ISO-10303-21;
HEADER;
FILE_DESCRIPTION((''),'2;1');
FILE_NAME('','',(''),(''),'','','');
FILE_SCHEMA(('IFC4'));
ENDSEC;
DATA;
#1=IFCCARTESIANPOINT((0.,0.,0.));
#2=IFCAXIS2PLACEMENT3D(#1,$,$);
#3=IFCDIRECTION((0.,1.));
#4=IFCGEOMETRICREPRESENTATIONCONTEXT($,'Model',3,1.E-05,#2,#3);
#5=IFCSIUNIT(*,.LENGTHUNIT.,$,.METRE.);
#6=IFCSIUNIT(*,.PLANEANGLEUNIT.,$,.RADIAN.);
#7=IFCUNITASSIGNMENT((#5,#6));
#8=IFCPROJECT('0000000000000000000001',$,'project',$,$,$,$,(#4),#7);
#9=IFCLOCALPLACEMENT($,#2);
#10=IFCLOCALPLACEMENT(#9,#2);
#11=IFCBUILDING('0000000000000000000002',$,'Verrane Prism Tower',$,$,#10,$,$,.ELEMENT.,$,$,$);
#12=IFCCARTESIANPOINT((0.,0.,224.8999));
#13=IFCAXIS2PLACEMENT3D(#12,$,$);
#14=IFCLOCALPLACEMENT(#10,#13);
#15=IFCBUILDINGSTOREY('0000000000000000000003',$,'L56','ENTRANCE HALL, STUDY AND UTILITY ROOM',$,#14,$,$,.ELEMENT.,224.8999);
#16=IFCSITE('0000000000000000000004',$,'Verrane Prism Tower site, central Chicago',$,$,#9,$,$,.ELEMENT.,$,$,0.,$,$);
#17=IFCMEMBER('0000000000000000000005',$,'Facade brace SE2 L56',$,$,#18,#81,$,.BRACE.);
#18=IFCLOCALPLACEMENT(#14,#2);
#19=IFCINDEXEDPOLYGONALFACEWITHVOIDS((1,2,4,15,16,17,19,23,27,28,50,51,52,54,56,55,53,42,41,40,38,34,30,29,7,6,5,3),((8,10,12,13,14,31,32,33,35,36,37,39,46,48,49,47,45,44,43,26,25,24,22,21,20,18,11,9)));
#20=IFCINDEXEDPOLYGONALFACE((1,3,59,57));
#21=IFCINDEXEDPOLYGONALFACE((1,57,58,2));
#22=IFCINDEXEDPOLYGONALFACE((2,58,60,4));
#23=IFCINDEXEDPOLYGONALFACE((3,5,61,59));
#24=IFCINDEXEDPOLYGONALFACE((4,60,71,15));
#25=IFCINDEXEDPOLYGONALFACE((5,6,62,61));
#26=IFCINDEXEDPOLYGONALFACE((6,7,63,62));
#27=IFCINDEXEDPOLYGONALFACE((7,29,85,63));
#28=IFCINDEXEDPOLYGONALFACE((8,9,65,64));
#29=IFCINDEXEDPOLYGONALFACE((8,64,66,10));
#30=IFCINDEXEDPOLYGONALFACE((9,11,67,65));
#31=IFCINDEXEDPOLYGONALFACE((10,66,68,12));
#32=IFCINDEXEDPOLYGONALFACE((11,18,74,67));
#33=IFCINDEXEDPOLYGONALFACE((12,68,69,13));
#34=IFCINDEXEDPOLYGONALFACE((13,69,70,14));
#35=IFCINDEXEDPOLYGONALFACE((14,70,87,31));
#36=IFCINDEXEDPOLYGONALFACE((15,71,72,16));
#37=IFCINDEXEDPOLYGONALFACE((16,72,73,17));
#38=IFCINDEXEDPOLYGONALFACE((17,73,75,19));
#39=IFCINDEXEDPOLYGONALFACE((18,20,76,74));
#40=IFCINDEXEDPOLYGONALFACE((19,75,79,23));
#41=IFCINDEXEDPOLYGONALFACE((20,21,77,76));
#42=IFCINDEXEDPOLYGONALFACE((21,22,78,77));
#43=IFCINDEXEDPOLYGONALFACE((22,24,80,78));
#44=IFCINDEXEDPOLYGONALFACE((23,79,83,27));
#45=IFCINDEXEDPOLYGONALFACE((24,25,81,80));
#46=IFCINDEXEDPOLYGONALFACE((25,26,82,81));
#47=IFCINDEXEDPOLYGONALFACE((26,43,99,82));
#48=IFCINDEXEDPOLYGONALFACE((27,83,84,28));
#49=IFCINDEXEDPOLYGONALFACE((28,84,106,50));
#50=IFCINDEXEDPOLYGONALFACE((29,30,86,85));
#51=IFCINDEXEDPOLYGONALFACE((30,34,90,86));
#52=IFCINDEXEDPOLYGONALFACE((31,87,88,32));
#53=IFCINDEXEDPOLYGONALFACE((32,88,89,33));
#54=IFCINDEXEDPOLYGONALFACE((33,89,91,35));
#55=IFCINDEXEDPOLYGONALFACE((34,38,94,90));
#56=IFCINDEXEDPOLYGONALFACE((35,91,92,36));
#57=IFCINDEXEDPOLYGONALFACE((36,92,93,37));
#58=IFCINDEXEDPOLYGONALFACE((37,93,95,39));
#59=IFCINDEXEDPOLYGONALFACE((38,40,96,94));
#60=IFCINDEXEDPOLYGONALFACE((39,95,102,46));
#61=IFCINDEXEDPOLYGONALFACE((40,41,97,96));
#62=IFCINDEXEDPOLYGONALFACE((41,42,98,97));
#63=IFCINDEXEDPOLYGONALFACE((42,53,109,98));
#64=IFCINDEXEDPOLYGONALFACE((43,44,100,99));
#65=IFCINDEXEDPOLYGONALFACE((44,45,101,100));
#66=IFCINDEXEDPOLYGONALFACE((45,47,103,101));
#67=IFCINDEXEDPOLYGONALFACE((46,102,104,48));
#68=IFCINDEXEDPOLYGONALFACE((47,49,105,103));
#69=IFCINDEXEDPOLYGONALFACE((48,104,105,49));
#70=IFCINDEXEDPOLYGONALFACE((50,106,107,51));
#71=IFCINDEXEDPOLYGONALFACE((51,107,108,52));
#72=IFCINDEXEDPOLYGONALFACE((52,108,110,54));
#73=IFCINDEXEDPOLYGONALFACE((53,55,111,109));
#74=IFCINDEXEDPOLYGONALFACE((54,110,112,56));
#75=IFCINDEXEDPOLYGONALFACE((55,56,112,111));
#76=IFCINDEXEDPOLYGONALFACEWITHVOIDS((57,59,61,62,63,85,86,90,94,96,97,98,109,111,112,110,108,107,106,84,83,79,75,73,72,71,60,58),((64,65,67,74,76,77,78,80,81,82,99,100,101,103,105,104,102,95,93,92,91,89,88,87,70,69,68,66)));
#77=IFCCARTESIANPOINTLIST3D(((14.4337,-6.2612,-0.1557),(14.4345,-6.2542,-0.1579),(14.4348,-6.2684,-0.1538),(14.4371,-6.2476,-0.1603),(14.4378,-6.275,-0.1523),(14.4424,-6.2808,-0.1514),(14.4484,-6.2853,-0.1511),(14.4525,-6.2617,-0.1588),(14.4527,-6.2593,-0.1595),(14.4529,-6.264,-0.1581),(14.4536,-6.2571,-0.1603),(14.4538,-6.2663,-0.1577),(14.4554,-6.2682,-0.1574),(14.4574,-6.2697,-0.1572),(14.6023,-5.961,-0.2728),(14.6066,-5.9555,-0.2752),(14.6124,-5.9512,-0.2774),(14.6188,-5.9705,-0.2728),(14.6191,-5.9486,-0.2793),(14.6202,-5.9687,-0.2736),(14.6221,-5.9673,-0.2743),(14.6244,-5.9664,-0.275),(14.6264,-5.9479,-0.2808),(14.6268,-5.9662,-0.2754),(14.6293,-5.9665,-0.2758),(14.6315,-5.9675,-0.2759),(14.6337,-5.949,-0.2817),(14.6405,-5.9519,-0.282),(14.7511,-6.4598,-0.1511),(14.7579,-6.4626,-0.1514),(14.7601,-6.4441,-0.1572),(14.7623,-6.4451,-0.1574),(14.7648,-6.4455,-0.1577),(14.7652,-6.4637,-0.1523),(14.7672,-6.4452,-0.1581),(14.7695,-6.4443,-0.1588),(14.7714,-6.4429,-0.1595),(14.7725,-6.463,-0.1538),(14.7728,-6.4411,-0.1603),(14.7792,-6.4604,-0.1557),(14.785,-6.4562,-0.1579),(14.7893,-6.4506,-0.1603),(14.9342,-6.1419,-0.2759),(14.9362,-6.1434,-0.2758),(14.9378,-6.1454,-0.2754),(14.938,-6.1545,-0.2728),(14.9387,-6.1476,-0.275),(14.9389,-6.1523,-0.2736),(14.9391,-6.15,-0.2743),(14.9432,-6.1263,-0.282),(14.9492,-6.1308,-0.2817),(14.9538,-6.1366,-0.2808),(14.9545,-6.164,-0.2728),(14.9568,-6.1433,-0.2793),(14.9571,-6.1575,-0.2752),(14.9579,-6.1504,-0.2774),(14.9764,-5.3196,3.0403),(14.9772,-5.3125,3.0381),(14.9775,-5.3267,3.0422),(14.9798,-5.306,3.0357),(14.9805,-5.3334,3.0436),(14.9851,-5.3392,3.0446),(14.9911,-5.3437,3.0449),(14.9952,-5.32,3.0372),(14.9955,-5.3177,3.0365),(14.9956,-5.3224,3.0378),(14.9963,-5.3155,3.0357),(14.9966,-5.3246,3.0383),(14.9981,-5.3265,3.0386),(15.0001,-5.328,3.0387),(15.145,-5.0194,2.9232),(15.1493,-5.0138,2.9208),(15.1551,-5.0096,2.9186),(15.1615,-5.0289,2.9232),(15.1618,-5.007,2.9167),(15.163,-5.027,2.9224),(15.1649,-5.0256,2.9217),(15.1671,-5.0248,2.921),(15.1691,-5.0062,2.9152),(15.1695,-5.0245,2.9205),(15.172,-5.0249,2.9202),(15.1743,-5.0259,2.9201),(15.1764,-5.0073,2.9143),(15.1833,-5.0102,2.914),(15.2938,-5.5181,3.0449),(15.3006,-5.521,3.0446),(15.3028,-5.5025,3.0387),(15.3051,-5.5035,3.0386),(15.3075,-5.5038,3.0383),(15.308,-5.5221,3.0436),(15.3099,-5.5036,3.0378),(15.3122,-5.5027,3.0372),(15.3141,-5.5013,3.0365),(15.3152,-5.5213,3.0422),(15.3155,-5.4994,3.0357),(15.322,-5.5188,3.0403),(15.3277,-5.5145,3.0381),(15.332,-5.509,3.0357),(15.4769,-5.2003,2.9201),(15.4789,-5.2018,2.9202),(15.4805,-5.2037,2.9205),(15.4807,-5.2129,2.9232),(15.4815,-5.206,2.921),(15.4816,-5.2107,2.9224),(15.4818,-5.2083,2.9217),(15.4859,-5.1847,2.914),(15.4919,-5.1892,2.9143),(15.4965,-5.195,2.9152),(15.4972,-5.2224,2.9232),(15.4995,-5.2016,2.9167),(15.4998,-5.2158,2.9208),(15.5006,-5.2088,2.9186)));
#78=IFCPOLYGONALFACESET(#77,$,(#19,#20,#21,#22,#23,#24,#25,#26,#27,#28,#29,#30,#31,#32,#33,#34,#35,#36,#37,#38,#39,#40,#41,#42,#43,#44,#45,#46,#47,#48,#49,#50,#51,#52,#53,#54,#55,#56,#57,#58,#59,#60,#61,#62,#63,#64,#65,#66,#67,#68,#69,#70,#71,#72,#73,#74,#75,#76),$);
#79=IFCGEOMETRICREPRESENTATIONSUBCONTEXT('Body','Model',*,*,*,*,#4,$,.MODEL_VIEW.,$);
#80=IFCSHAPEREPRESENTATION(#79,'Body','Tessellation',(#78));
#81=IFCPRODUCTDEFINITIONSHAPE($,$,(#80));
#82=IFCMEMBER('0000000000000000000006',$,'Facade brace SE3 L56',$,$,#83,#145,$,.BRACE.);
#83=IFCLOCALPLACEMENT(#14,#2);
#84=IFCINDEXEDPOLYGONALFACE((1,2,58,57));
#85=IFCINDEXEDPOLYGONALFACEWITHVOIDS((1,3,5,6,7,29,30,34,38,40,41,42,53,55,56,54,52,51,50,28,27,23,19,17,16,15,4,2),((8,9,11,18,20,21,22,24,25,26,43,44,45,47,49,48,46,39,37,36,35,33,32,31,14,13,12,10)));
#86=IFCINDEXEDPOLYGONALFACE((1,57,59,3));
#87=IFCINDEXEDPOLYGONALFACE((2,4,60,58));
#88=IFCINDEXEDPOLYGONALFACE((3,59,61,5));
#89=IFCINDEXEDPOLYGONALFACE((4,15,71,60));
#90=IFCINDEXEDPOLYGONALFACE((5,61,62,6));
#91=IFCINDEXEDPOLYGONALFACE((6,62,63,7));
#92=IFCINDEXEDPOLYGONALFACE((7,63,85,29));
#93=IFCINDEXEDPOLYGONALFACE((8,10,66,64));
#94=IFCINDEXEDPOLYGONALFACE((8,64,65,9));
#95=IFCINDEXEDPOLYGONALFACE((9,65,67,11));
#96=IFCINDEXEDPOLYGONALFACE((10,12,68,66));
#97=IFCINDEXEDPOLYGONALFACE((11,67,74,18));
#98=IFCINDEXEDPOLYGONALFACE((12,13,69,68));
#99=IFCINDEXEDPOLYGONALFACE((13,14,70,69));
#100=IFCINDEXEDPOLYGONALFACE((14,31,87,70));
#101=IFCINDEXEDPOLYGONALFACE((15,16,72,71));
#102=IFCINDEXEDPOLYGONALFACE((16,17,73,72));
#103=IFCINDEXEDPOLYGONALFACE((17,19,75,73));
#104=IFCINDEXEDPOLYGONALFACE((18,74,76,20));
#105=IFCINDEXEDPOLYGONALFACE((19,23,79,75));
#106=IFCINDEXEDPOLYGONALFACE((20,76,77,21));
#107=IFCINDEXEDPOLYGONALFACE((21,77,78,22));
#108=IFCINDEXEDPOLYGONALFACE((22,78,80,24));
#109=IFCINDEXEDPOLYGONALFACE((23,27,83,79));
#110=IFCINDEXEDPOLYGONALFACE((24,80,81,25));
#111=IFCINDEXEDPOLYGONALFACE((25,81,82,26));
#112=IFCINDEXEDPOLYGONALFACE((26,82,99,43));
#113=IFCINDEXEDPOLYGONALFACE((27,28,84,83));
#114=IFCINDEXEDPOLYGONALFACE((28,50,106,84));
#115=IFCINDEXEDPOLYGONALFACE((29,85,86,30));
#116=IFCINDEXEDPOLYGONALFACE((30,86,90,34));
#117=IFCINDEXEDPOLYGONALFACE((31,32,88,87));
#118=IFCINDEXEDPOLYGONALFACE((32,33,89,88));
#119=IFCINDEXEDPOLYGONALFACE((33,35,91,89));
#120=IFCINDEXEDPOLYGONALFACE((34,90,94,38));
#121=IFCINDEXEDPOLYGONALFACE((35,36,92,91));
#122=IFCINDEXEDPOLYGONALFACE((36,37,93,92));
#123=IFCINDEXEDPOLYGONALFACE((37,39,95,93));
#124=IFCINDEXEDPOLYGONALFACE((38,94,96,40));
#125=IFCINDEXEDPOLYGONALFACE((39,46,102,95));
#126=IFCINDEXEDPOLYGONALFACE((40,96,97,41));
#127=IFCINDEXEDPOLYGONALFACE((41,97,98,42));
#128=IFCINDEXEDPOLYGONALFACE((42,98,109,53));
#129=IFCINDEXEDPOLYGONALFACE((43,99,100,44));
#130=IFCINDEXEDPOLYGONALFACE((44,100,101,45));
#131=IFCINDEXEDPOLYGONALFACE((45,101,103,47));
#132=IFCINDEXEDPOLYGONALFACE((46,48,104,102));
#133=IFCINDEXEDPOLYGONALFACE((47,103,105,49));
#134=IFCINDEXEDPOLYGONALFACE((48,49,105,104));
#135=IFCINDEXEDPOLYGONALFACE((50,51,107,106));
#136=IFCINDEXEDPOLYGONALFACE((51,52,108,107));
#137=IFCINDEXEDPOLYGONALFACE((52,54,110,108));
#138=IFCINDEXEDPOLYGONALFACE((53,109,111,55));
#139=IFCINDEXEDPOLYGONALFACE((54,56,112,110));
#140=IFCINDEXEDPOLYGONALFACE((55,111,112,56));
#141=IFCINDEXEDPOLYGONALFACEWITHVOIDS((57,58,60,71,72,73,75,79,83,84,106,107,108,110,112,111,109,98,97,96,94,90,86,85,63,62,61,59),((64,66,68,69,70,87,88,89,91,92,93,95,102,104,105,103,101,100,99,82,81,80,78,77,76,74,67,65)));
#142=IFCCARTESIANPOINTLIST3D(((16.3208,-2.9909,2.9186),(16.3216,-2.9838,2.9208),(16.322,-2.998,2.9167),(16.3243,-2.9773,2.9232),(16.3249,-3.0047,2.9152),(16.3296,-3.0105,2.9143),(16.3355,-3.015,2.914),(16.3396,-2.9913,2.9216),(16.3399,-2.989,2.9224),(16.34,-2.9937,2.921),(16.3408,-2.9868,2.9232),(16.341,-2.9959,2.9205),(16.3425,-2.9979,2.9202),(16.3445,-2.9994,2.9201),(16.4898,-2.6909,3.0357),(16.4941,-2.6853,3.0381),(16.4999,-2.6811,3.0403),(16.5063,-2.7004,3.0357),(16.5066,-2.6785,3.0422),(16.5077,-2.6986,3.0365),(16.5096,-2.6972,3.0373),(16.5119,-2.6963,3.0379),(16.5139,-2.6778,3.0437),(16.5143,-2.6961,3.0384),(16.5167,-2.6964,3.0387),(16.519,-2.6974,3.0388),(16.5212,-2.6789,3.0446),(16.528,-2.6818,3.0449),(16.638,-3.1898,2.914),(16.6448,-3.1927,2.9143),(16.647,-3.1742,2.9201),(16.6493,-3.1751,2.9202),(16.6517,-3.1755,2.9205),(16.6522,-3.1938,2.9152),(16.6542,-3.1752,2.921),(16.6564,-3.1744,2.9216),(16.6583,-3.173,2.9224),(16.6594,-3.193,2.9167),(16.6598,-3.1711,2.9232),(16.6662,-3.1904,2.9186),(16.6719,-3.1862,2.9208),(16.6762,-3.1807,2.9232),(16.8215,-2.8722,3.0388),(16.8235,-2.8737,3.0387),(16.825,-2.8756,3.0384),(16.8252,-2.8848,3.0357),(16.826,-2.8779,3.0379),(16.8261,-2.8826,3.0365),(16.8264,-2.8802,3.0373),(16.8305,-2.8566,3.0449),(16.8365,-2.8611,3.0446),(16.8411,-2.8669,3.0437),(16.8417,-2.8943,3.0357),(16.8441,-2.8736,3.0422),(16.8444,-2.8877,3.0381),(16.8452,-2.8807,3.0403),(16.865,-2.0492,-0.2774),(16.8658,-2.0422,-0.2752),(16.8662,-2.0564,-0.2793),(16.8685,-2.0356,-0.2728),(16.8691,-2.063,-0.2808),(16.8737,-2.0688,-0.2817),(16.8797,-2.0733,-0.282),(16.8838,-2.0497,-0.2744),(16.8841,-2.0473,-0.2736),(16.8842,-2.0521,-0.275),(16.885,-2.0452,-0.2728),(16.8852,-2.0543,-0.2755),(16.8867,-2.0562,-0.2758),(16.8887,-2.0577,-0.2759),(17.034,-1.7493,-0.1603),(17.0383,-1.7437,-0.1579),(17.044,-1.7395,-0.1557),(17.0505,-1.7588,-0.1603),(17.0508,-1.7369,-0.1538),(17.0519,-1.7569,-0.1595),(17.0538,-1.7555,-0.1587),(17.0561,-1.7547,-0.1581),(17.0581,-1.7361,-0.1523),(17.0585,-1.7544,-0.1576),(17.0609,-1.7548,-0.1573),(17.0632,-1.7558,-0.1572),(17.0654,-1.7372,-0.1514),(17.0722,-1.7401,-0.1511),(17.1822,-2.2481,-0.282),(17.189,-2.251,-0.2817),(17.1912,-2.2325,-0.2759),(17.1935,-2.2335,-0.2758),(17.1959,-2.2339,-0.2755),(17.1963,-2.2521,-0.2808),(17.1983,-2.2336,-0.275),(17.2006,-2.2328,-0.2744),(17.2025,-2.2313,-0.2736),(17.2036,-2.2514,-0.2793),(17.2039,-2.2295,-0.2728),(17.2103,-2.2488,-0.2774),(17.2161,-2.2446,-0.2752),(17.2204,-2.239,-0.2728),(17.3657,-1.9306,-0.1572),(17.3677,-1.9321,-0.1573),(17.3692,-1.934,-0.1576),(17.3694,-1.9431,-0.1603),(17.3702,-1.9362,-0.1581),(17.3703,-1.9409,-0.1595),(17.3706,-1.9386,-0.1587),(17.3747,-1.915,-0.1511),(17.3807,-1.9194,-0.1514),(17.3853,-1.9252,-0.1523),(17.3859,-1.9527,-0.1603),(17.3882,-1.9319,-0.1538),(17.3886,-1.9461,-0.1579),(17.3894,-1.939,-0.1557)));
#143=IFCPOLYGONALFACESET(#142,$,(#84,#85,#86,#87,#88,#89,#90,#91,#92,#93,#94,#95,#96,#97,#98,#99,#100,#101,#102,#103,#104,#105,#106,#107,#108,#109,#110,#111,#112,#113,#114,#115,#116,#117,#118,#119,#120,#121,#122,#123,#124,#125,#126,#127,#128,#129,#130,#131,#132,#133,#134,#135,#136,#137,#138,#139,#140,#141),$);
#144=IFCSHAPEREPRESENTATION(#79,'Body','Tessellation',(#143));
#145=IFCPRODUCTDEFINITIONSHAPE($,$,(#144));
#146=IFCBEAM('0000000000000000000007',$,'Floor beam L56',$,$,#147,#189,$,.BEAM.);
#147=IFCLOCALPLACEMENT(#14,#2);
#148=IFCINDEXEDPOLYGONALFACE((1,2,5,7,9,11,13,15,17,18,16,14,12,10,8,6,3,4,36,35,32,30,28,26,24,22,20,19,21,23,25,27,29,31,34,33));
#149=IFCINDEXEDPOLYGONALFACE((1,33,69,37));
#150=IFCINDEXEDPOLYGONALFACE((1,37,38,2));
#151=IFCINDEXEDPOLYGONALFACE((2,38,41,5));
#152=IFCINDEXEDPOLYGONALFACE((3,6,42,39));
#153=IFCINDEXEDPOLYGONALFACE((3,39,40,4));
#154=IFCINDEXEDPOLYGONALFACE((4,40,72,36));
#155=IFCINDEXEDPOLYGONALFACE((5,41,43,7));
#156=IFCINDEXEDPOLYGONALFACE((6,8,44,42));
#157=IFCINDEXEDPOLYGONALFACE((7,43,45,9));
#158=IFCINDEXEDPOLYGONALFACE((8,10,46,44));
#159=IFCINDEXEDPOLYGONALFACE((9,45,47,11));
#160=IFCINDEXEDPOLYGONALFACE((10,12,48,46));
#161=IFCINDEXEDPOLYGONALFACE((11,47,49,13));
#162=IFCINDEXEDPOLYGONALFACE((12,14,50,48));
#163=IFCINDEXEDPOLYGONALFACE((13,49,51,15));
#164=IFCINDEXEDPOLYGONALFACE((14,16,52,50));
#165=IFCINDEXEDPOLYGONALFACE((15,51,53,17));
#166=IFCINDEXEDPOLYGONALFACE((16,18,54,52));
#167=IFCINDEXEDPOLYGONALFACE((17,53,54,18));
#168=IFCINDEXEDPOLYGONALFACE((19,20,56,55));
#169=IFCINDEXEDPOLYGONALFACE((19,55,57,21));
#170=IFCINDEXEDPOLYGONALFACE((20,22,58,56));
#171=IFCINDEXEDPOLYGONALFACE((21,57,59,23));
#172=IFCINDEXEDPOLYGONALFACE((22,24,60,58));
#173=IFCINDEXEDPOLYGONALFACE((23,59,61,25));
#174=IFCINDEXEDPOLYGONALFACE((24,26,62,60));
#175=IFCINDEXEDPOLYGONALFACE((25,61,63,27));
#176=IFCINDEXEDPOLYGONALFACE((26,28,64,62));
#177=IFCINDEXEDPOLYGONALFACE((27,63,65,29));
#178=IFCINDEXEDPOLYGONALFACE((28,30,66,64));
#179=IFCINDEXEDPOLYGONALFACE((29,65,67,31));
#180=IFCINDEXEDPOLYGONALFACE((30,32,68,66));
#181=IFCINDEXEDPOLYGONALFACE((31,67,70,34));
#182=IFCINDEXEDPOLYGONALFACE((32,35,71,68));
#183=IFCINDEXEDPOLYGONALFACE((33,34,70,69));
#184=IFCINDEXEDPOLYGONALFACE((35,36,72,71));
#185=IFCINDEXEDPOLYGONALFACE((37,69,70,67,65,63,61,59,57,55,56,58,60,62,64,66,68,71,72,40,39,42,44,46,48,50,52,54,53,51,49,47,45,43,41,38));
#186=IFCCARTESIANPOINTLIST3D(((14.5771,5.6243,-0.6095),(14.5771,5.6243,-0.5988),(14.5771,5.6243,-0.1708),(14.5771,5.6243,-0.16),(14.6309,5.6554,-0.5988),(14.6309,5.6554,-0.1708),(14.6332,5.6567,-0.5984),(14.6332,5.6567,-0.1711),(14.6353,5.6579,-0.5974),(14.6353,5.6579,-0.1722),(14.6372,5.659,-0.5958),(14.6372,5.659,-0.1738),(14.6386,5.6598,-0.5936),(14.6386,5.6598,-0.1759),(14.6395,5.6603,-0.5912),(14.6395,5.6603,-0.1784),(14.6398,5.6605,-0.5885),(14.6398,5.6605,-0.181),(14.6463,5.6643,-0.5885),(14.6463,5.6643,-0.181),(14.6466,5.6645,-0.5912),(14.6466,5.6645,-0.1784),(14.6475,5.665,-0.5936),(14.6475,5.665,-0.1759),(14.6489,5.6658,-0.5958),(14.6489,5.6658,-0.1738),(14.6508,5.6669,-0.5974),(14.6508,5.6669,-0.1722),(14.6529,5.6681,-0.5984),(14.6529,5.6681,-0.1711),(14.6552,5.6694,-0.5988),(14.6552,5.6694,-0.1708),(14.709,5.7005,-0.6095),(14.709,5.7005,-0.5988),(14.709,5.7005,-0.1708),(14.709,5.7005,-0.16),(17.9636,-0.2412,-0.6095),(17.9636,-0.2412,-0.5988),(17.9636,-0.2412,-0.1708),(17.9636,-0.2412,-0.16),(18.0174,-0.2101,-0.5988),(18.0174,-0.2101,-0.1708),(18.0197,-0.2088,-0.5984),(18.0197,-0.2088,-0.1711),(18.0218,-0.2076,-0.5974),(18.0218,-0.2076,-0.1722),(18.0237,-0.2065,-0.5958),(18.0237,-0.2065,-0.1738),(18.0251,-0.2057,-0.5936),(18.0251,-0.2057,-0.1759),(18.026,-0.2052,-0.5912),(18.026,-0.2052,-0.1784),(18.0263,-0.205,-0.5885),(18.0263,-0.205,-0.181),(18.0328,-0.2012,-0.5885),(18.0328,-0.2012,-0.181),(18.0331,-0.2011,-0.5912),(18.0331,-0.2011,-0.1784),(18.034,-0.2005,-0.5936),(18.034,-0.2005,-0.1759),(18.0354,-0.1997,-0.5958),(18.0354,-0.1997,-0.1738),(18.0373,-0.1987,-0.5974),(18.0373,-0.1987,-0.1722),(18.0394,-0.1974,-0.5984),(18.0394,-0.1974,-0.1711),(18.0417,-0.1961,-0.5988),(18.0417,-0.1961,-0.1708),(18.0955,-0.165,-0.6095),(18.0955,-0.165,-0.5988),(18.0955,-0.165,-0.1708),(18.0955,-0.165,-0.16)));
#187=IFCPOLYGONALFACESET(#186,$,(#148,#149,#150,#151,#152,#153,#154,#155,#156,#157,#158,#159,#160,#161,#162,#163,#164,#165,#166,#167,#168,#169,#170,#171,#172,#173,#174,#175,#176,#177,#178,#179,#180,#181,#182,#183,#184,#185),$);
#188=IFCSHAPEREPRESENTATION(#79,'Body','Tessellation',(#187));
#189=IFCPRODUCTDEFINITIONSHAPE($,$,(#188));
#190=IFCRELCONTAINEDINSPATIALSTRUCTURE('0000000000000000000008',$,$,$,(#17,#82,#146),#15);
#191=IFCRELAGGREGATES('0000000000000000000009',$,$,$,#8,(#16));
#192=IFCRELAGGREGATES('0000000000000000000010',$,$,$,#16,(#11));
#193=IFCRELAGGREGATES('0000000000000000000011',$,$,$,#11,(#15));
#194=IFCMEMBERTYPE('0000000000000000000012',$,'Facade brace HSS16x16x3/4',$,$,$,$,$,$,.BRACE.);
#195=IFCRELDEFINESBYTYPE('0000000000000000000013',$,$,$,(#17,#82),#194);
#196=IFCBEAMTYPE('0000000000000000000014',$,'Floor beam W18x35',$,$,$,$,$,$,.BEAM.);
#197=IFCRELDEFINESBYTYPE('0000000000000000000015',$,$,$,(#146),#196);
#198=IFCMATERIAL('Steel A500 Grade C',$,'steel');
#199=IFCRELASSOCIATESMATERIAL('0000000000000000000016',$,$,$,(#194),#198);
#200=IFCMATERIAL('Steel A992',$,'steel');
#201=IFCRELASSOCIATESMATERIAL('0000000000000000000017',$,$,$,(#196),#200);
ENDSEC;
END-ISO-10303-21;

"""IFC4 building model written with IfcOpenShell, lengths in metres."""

from ifc_helpers import new_model, si_unit, direction, frame, origin, origin_2d, place, context, subcontext, project, spatial, hollow_rectangle, i_section, extrude, material, material_profile, profile_set, type_object, element, save


model = new_model("IFC4")

# Units and contexts
model_context = context("Model", 3, precision=1e-05, world=origin(), true_north=direction((0.0, 1.0)))
body_context = subcontext(model_context, "Body", "Model", "MODEL_VIEW")
ifc_project = project(units=[si_unit("LENGTHUNIT", "METRE"), si_unit("PLANEANGLEUNIT", "RADIAN")], contexts=[model_context])

# Site, building, storey
site_placement = place(None, origin())
site = spatial("IfcSite", under=ifc_project, at=site_placement, Name="Verrane Prism Tower site, central Chicago", CompositionType="ELEMENT", RefElevation=0.0)
building_placement = place(site_placement, origin())
building = spatial("IfcBuilding", under=site, at=building_placement, Name="Verrane Prism Tower", CompositionType="ELEMENT")
storey_placement = place(building_placement, frame((0.0, 0.0, 224.8999)))
storey = spatial("IfcBuildingStorey", under=building, at=storey_placement, Name="L56", Description="ENTRANCE HALL, STUDY AND UTILITY ROOM", CompositionType="ELEMENT", Elevation=224.8999)

# Members
ifc_material_1 = material(Name="Steel A500 Grade C", Category="steel")
ifc_material_profile_1 = material_profile(ifc_material_1, hollow_rectangle(XDim=0.4065, YDim=0.4065, WallThickness=0.019, InnerFilletRadius=0.0095, OuterFilletRadius=0.0286, at=origin_2d()), Name="HSS16x16x3/4")
ifc_profile_set_1 = profile_set([ifc_material_profile_1], Name="Steel A500 Grade C")
member_type_1 = type_object("IfcMemberType", Name="Facade brace HSS16x16x3/4", PredefinedType="BRACE", material=ifc_profile_set_1)
member_1_placement = place(storey_placement, frame((14.6958, -6.2058, -0.2166), z_axis=(0.16077, 0.278942, 0.946755), x_axis=(-0.866399, 0.499353, 0.0)))
element("IfcMember", 1, at=member_1_placement, inside=storey, type_object=member_type_1, Name="Facade brace SE2 L56", PredefinedType="BRACE", context=body_context, shape_type="SweptSolid", body=[
    extrude(hollow_rectangle(XDim=0.4065, YDim=0.4065, WallThickness=0.019, InnerFilletRadius=0.0095, OuterFilletRadius=0.0286, at=origin_2d()), origin(), (0.0, 0.0, 1.0), 3.3757),
])
member_2_placement = place(storey_placement, frame((17.1272, -1.9941, -0.2166), z_axis=(-0.161192, -0.278923, 0.946689), x_axis=(0.865815, -0.500364, 0.0)))
element("IfcMember", 2, at=member_2_placement, inside=storey, type_object=member_type_1, Name="Facade brace SE3 L56", PredefinedType="BRACE", context=body_context, shape_type="SweptSolid", body=[
    extrude(hollow_rectangle(XDim=0.4065, YDim=0.4065, WallThickness=0.019, InnerFilletRadius=0.0095, OuterFilletRadius=0.0286, at=origin_2d()), origin(), (0.0, 0.0, 1.0), 3.376),
])

# Beam
ifc_material_2 = material(Name="Steel A992", Category="steel")
ifc_material_profile_2 = material_profile(ifc_material_2, i_section(OverallWidth=0.1523, OverallDepth=0.4495, WebThickness=0.0076, FlangeThickness=0.0107, FilletRadius=0.0103, at=origin_2d()), Name="W18x35")
ifc_profile_set_2 = profile_set([ifc_material_profile_2], Name="Steel A992")
beam_type_1 = type_object("IfcBeamType", Name="Floor beam W18x35", PredefinedType="BEAM", material=ifc_profile_set_2)
beam_1_placement = place(storey_placement, frame((18.0295, -0.2031, -0.3848), z_axis=(-0.500004, 0.866023, 0.0), x_axis=(-0.866023, -0.500004, 0.0)))
element("IfcBeam", 3, at=beam_1_placement, inside=storey, type_object=beam_type_1, Name="Floor beam L56", PredefinedType="BEAM", context=body_context, shape_type="SweptSolid", body=[
    extrude(i_section(OverallWidth=0.1523, OverallDepth=0.4495, WebThickness=0.0076, FlangeThickness=0.0107, FilletRadius=0.0103, at=origin_2d()), origin(), (0.0, 0.0, 1.0), 6.7729),
])

save(model, "model.ifc")
